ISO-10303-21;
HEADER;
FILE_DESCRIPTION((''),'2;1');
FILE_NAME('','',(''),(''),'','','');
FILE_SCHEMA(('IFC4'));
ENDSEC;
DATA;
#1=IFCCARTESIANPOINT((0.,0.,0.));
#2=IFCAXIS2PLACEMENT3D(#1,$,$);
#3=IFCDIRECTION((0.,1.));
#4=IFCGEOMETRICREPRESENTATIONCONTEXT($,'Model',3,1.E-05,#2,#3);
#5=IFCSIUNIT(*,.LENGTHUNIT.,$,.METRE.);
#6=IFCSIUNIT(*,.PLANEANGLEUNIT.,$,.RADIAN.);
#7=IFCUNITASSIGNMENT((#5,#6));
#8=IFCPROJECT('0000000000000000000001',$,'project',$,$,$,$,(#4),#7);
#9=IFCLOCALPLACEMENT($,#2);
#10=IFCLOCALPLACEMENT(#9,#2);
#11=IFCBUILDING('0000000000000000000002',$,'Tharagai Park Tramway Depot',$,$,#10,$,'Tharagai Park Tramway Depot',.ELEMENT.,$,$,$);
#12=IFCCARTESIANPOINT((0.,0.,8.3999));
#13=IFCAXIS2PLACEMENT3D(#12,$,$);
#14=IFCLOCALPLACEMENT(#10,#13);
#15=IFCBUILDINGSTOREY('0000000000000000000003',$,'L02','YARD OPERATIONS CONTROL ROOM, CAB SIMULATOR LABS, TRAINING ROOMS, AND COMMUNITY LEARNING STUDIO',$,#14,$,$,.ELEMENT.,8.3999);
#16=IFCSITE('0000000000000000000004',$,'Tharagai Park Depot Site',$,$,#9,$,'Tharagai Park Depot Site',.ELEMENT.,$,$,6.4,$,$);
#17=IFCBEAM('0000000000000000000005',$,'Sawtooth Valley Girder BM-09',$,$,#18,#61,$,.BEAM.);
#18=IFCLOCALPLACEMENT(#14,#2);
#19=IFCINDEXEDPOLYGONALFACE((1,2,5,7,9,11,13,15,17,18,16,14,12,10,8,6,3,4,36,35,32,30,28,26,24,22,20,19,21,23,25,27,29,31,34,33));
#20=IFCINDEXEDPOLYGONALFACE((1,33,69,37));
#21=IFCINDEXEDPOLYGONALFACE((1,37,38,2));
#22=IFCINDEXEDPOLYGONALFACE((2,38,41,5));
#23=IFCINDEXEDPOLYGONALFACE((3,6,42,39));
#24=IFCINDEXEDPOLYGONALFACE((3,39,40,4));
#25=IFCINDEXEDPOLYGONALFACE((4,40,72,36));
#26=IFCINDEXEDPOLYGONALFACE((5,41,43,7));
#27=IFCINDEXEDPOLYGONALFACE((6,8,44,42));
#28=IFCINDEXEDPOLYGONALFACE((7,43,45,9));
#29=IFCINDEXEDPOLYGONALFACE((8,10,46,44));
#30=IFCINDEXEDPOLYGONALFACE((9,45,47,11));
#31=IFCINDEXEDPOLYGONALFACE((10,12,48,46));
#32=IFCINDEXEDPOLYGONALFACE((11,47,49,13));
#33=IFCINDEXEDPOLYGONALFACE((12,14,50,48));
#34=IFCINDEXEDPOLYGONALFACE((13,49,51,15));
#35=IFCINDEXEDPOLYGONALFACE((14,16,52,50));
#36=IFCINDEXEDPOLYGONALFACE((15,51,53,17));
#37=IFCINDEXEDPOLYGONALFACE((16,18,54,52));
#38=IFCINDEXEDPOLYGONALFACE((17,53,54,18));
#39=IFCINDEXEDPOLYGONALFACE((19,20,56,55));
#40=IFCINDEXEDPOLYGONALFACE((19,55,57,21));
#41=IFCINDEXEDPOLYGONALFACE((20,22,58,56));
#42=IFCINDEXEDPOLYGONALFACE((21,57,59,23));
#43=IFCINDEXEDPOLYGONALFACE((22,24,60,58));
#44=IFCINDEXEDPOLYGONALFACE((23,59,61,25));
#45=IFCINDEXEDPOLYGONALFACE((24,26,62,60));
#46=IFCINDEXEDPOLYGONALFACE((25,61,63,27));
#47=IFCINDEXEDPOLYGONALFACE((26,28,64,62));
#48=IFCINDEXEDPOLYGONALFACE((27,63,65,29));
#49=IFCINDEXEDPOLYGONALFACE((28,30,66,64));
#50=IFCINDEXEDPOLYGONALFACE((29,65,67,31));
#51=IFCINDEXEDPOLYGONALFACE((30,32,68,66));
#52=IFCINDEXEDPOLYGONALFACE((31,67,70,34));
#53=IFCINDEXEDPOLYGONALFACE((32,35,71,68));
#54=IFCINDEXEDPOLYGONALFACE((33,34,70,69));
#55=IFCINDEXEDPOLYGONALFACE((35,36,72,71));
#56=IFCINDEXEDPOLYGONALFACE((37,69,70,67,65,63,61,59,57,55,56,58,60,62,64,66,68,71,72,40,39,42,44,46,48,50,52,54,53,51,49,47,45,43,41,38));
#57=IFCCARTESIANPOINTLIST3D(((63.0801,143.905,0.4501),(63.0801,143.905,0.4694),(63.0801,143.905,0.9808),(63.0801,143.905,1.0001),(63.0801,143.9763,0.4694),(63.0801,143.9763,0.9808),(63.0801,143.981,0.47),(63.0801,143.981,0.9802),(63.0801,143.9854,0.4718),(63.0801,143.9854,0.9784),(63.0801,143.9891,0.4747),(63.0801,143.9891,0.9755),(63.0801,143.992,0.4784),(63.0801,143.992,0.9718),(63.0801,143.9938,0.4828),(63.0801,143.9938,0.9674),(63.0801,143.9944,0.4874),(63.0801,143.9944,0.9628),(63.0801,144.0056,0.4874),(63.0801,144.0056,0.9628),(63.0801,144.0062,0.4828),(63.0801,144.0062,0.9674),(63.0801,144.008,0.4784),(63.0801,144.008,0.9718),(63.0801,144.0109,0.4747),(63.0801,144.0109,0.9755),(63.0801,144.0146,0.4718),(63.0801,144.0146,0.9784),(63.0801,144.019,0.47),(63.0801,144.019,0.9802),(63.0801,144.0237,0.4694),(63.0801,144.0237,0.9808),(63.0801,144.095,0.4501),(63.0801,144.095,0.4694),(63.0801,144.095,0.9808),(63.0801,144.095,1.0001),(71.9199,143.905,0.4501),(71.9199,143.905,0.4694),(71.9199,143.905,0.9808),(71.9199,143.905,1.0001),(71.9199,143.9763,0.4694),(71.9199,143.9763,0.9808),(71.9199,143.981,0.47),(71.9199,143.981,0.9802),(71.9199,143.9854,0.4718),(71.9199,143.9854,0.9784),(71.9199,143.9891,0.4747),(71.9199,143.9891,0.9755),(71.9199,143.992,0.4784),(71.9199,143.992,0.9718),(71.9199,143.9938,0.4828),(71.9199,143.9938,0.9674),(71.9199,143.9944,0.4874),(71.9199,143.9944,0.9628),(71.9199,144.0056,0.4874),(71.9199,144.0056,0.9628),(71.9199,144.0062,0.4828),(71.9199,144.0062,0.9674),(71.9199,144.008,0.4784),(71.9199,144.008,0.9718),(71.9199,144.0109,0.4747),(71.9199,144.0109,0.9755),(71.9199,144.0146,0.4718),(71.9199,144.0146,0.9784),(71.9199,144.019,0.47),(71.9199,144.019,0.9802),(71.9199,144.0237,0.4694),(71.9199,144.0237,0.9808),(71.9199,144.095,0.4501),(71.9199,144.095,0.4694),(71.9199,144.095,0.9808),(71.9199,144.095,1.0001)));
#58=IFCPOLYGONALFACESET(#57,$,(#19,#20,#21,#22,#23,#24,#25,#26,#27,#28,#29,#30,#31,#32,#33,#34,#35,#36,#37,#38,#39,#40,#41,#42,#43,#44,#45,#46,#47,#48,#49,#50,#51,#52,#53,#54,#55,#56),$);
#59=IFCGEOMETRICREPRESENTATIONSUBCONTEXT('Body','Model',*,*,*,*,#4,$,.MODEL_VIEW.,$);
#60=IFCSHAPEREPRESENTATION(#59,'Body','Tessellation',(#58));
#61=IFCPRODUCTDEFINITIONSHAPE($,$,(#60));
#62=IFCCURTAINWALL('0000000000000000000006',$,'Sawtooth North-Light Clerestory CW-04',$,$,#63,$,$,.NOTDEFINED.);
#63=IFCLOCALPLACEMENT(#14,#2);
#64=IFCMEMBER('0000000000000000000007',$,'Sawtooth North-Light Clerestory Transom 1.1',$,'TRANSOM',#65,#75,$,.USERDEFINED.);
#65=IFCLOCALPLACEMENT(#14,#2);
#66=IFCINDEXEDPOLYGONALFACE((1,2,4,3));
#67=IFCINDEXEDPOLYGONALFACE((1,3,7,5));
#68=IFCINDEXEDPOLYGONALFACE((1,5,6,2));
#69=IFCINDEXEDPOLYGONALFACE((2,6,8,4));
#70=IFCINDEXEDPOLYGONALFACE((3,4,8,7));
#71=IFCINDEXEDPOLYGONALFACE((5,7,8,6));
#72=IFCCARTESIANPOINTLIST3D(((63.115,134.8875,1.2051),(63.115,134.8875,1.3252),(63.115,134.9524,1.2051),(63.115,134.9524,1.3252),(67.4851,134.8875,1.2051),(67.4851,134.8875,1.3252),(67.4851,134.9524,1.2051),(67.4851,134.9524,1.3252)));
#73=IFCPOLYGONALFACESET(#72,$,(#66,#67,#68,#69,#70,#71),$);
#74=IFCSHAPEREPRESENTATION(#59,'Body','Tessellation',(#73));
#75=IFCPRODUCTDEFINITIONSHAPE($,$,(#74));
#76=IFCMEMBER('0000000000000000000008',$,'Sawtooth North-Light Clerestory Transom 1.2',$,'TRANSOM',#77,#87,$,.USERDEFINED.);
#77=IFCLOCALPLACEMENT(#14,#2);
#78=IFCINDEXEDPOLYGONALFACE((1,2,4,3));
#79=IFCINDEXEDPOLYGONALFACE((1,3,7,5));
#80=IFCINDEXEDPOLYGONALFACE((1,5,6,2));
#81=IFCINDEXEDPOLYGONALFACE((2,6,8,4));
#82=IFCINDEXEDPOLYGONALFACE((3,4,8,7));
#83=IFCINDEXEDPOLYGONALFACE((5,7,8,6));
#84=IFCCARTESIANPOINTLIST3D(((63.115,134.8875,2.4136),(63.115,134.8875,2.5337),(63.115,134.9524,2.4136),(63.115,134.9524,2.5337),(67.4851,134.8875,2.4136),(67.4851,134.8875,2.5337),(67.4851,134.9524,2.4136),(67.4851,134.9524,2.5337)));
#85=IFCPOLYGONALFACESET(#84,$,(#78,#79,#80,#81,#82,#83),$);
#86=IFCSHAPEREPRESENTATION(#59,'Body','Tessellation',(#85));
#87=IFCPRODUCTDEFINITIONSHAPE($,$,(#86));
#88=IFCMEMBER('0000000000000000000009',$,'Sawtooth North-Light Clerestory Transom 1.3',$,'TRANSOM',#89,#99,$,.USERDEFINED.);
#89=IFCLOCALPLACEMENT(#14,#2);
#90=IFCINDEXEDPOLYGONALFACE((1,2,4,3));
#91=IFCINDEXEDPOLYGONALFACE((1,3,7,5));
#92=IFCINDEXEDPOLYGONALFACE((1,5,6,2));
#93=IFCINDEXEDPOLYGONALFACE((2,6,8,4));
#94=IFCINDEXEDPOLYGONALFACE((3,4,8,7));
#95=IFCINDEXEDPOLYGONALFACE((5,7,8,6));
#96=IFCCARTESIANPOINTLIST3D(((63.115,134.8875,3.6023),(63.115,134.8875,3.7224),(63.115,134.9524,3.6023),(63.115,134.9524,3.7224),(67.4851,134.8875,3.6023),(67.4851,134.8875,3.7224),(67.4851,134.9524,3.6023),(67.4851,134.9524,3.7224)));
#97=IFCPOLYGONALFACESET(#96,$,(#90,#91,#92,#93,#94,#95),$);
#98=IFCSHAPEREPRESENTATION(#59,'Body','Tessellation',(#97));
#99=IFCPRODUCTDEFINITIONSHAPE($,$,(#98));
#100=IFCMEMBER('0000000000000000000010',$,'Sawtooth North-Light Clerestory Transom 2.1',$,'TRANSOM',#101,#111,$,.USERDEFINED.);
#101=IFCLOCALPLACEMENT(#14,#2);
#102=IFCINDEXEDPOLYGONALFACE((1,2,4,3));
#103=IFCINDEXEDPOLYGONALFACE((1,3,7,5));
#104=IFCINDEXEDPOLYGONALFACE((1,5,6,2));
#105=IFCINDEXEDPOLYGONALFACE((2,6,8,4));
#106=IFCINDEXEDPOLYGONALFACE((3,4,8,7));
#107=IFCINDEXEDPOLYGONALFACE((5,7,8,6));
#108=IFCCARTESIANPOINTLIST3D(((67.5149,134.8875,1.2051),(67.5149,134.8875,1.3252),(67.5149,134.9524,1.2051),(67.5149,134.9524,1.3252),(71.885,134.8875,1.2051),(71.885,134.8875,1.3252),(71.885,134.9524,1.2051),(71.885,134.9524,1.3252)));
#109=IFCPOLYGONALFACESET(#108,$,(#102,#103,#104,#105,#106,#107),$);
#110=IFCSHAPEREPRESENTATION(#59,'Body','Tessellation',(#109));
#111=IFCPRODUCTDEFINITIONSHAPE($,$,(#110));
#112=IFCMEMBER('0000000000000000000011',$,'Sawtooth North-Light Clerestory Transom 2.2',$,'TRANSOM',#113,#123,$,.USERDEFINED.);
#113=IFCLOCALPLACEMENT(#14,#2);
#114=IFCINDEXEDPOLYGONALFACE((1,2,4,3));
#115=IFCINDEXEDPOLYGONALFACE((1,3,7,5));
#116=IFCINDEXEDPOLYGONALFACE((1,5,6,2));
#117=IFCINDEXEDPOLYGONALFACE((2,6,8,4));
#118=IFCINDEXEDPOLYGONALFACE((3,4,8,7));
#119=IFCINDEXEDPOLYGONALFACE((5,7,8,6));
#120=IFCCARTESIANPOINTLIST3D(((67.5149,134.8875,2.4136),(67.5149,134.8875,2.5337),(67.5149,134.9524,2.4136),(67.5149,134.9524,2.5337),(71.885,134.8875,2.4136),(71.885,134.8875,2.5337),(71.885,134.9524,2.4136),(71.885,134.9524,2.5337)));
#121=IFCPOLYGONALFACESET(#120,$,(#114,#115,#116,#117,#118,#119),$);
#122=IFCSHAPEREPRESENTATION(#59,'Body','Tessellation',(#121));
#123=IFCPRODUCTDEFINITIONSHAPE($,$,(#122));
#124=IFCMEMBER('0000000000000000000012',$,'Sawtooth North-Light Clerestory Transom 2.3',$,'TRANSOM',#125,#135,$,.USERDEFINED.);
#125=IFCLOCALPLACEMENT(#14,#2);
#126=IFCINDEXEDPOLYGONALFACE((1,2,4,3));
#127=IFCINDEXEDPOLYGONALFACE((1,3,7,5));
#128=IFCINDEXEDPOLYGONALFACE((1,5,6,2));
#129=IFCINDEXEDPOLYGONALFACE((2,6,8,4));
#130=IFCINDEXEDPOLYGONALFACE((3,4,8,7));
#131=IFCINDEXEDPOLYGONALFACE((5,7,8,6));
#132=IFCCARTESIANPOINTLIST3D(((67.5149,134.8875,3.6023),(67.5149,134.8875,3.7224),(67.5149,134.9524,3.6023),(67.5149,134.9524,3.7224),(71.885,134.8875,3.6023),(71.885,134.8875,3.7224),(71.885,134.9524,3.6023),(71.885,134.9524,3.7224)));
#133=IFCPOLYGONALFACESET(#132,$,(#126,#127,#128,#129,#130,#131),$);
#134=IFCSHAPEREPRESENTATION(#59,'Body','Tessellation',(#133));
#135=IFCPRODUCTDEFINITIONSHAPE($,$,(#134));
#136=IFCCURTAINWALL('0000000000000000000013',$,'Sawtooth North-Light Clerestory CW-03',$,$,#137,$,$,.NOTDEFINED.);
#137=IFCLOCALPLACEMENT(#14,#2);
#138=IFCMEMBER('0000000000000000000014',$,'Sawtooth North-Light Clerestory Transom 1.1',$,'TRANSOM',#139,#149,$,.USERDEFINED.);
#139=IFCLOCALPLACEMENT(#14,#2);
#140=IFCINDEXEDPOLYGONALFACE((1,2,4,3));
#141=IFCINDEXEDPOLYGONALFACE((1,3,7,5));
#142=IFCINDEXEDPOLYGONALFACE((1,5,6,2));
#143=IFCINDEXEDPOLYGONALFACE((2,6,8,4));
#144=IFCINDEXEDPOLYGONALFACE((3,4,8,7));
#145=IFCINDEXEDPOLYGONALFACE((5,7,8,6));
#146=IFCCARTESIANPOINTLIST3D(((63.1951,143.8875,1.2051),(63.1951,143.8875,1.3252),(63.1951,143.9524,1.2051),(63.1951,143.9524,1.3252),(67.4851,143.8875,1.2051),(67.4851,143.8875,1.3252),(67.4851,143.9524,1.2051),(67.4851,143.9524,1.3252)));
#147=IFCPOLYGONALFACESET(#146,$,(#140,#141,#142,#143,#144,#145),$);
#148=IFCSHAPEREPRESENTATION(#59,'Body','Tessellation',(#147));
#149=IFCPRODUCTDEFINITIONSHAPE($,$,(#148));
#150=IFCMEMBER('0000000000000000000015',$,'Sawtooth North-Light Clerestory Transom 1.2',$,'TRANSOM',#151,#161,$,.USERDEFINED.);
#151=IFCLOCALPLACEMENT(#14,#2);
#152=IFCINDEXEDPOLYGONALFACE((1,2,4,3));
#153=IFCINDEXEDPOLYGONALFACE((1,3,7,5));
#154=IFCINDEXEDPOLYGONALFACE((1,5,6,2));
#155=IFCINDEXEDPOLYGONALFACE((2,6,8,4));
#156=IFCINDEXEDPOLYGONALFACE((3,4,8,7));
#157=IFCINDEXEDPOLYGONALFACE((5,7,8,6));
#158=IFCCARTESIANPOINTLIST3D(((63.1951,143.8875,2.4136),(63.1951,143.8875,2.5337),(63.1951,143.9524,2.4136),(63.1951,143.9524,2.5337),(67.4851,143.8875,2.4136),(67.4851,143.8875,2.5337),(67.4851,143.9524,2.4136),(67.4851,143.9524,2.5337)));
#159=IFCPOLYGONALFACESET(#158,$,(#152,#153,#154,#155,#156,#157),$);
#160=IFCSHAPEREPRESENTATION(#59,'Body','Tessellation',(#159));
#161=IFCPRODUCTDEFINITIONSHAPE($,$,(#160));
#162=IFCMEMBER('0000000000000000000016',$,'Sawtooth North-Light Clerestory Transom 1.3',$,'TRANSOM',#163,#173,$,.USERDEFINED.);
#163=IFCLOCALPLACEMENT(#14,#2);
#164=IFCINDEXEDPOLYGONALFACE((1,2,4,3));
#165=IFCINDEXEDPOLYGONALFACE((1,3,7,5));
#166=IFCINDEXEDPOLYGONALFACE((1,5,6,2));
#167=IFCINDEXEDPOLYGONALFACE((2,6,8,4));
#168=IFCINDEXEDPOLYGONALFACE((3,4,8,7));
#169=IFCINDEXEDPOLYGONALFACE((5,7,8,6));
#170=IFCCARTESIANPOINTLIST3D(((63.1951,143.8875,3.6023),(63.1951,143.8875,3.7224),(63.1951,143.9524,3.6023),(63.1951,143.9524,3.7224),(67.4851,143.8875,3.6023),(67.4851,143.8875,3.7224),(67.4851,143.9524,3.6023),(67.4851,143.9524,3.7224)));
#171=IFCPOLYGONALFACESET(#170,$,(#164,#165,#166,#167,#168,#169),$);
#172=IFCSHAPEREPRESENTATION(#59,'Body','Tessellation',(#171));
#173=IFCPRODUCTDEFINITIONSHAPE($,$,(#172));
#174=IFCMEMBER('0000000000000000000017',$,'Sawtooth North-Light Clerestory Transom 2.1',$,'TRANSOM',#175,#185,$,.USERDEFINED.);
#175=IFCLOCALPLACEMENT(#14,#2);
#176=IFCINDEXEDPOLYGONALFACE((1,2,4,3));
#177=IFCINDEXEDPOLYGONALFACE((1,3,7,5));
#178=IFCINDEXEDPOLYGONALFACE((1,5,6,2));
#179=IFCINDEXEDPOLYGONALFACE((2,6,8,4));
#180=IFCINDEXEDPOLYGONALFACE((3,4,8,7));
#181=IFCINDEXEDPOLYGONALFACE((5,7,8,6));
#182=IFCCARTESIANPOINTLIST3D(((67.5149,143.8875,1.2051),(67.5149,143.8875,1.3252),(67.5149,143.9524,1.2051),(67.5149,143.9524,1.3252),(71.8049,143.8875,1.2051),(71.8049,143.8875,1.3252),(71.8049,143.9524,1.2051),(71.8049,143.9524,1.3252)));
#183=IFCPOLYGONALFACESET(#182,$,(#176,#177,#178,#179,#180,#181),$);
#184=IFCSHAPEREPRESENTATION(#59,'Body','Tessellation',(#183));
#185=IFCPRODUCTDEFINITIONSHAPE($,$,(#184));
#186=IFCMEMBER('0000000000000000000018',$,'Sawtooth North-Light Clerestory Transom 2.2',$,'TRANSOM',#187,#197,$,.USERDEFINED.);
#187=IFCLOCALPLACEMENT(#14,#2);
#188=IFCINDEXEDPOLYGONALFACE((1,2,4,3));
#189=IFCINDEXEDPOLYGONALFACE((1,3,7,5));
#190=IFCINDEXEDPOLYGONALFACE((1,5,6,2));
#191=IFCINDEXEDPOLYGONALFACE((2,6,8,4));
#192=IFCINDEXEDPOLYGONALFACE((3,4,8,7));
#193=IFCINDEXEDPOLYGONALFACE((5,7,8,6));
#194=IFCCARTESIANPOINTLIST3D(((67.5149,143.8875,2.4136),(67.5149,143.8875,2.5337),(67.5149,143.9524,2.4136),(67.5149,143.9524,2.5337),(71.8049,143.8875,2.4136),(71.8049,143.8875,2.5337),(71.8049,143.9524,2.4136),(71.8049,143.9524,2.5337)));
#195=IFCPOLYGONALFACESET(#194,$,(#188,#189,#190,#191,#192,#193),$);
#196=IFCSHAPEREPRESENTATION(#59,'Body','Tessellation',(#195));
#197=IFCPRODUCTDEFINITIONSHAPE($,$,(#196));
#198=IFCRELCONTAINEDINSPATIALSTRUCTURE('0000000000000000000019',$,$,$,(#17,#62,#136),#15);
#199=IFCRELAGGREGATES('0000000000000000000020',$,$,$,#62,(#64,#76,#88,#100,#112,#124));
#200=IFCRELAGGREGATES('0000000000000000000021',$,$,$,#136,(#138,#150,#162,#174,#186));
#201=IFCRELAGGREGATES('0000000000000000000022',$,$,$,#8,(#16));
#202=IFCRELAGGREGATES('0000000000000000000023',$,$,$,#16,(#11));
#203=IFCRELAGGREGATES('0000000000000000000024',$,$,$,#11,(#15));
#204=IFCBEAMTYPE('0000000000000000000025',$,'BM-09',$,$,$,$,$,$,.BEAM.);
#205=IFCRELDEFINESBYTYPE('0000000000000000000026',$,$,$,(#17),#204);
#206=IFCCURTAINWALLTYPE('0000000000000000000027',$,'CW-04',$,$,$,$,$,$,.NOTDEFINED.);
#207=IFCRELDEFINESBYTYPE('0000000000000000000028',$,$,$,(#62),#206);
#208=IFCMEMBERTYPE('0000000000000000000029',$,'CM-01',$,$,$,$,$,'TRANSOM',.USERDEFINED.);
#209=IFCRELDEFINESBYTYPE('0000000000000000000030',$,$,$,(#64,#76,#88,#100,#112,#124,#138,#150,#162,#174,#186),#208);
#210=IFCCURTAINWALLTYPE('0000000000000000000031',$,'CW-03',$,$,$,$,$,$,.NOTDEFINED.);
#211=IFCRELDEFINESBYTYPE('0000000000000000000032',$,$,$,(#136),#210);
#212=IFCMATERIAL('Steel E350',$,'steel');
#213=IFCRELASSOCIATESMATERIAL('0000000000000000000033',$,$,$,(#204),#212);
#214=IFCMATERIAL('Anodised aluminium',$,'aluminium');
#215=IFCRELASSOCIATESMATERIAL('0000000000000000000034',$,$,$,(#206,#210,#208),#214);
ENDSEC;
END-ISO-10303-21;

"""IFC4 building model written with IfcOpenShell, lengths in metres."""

from ifc_helpers import new_model, si_unit, direction, frame, origin, origin_2d, place, context, subcontext, project, spatial, rectangle, i_section, extrude, material, material_profile, profile_set, type_object, element, aggregate, save


model = new_model("IFC4")

# Units and contexts
model_context = context("Model", 3, precision=1e-05, world=origin(), true_north=direction((0.0, 1.0)))
body_context = subcontext(model_context, "Body", "Model", "MODEL_VIEW")
ifc_project = project(units=[si_unit("LENGTHUNIT", "METRE"), si_unit("PLANEANGLEUNIT", "RADIAN")], contexts=[model_context])

# Site, building, storey
site_placement = place(None, origin())
site = spatial("IfcSite", under=ifc_project, at=site_placement, Name="Tharagai Park Depot Site", LongName="Tharagai Park Depot Site", CompositionType="ELEMENT", RefElevation=6.4)
building_placement = place(site_placement, origin())
building = spatial("IfcBuilding", under=site, at=building_placement, Name="Tharagai Park Tramway Depot", LongName="Tharagai Park Tramway Depot", CompositionType="ELEMENT")
storey_placement = place(building_placement, frame((0.0, 0.0, 8.3999)))
storey = spatial("IfcBuildingStorey", under=building, at=storey_placement, Name="L02", Description="YARD OPERATIONS CONTROL ROOM, CAB SIMULATOR LABS, TRAINING ROOMS, AND COMMUNITY LEARNING STUDIO", CompositionType="ELEMENT", Elevation=8.3999)

# Beam
ifc_material_1 = material(Name="Steel E350", Category="steel")
ifc_material_profile_1 = material_profile(ifc_material_1, i_section(OverallWidth=0.1899, OverallDepth=0.55, WebThickness=0.0112, FlangeThickness=0.0193, FilletRadius=0.0181, at=origin_2d()), Name="ISMB 550")
ifc_profile_set_1 = profile_set([ifc_material_profile_1], Name="Steel E350")
beam_type = type_object("IfcBeamType", Name="BM-09", PredefinedType="BEAM", material=ifc_profile_set_1)
beam_placement = place(storey_placement, frame((63.0801, 144.0, 0.7251), z_axis=(1.0, 0.0, 0.0), x_axis=(0.0, 1.0, 0.0)))
element("IfcBeam", 1, at=beam_placement, inside=storey, type_object=beam_type, Name="Sawtooth Valley Girder BM-09", PredefinedType="BEAM", context=body_context, shape_type="SweptSolid", body=[
    extrude(i_section(OverallWidth=0.1899, OverallDepth=0.55, WebThickness=0.0112, FlangeThickness=0.0193, FilletRadius=0.0181, at=origin_2d()), origin(), (0.0, 0.0, 1.0), 8.8398),
])

# Curtain walls, members
ifc_material_2 = material(Name="Anodised aluminium", Category="aluminium")
curtain_wall_type_1 = type_object("IfcCurtainWallType", Name="CW-04", PredefinedType="NOTDEFINED", material=ifc_material_2)
curtain_wall_1_placement = place(storey_placement, origin())
curtain_wall_1 = element("IfcCurtainWall", 2, at=curtain_wall_1_placement, inside=storey, type_object=curtain_wall_type_1, Name="Sawtooth North-Light Clerestory CW-04", PredefinedType="NOTDEFINED")
ifc_material_profile_2 = material_profile(ifc_material_2, rectangle(XDim=0.0649, YDim=0.1201, at=origin_2d()), Name="ALU 65x120")
ifc_profile_set_2 = profile_set([ifc_material_profile_2], Name="Anodised aluminium")
member_type_1 = type_object("IfcMemberType", Name="CM-01", ElementType="TRANSOM", PredefinedType="USERDEFINED", material=ifc_profile_set_2)
member_1_placement = place(storey_placement, frame((63.115, 134.9199, 1.2651), z_axis=(1.0, 0.0, 0.0), x_axis=(0.0, 1.0, 0.0)))
member_1 = element("IfcMember", 3, at=member_1_placement, type_object=member_type_1, Name="Sawtooth North-Light Clerestory Transom 1.1", ObjectType="TRANSOM", PredefinedType="USERDEFINED", context=body_context, shape_type="SweptSolid", body=[
    extrude(rectangle(XDim=0.0649, YDim=0.1201, at=origin_2d()), origin(), (0.0, 0.0, 1.0), 4.3701),
])
member_2_placement = place(storey_placement, frame((63.115, 134.9199, 2.4736), z_axis=(1.0, 0.0, 0.0), x_axis=(0.0, 1.0, 0.0)))
member_2 = element("IfcMember", 4, at=member_2_placement, type_object=member_type_1, Name="Sawtooth North-Light Clerestory Transom 1.2", ObjectType="TRANSOM", PredefinedType="USERDEFINED", context=body_context, shape_type="SweptSolid", body=[
    extrude(rectangle(XDim=0.0649, YDim=0.1201, at=origin_2d()), origin(), (0.0, 0.0, 1.0), 4.3701),
])
member_3_placement = place(storey_placement, frame((63.115, 134.9199, 3.6624), z_axis=(1.0, 0.0, 0.0), x_axis=(0.0, 1.0, 0.0)))
member_3 = element("IfcMember", 5, at=member_3_placement, type_object=member_type_1, Name="Sawtooth North-Light Clerestory Transom 1.3", ObjectType="TRANSOM", PredefinedType="USERDEFINED", context=body_context, shape_type="SweptSolid", body=[
    extrude(rectangle(XDim=0.0649, YDim=0.1201, at=origin_2d()), origin(), (0.0, 0.0, 1.0), 4.3701),
])
member_4_placement = place(storey_placement, frame((67.5149, 134.9199, 1.2651), z_axis=(1.0, 0.0, 0.0), x_axis=(0.0, 1.0, 0.0)))
member_4 = element("IfcMember", 6, at=member_4_placement, type_object=member_type_1, Name="Sawtooth North-Light Clerestory Transom 2.1", ObjectType="TRANSOM", PredefinedType="USERDEFINED", context=body_context, shape_type="SweptSolid", body=[
    extrude(rectangle(XDim=0.0649, YDim=0.1201, at=origin_2d()), origin(), (0.0, 0.0, 1.0), 4.3701),
])
member_5_placement = place(storey_placement, frame((67.5149, 134.9199, 2.4736), z_axis=(1.0, 0.0, 0.0), x_axis=(0.0, 1.0, 0.0)))
member_5 = element("IfcMember", 7, at=member_5_placement, type_object=member_type_1, Name="Sawtooth North-Light Clerestory Transom 2.2", ObjectType="TRANSOM", PredefinedType="USERDEFINED", context=body_context, shape_type="SweptSolid", body=[
    extrude(rectangle(XDim=0.0649, YDim=0.1201, at=origin_2d()), origin(), (0.0, 0.0, 1.0), 4.3701),
])
member_6_placement = place(storey_placement, frame((67.5149, 134.9199, 3.6624), z_axis=(1.0, 0.0, 0.0), x_axis=(0.0, 1.0, 0.0)))
member_6 = element("IfcMember", 8, at=member_6_placement, type_object=member_type_1, Name="Sawtooth North-Light Clerestory Transom 2.3", ObjectType="TRANSOM", PredefinedType="USERDEFINED", context=body_context, shape_type="SweptSolid", body=[
    extrude(rectangle(XDim=0.0649, YDim=0.1201, at=origin_2d()), origin(), (0.0, 0.0, 1.0), 4.3701),
])
curtain_wall_type_2 = type_object("IfcCurtainWallType", Name="CW-03", PredefinedType="NOTDEFINED", material=ifc_material_2)
curtain_wall_2_placement = place(storey_placement, origin())
curtain_wall_2 = element("IfcCurtainWall", 9, at=curtain_wall_2_placement, inside=storey, type_object=curtain_wall_type_2, Name="Sawtooth North-Light Clerestory CW-03", PredefinedType="NOTDEFINED")
member_7_placement = place(storey_placement, frame((63.1951, 143.9199, 1.2651), z_axis=(1.0, 0.0, 0.0), x_axis=(0.0, 1.0, 0.0)))
member_7 = element("IfcMember", 10, at=member_7_placement, type_object=member_type_1, Name="Sawtooth North-Light Clerestory Transom 1.1", ObjectType="TRANSOM", PredefinedType="USERDEFINED", context=body_context, shape_type="SweptSolid", body=[
    extrude(rectangle(XDim=0.0649, YDim=0.1201, at=origin_2d()), origin(), (0.0, 0.0, 1.0), 4.29),
])
member_8_placement = place(storey_placement, frame((63.1951, 143.9199, 2.4736), z_axis=(1.0, 0.0, 0.0), x_axis=(0.0, 1.0, 0.0)))
member_8 = element("IfcMember", 11, at=member_8_placement, type_object=member_type_1, Name="Sawtooth North-Light Clerestory Transom 1.2", ObjectType="TRANSOM", PredefinedType="USERDEFINED", context=body_context, shape_type="SweptSolid", body=[
    extrude(rectangle(XDim=0.0649, YDim=0.1201, at=origin_2d()), origin(), (0.0, 0.0, 1.0), 4.29),
])
member_9_placement = place(storey_placement, frame((63.1951, 143.9199, 3.6624), z_axis=(1.0, 0.0, 0.0), x_axis=(0.0, 1.0, 0.0)))
member_9 = element("IfcMember", 12, at=member_9_placement, type_object=member_type_1, Name="Sawtooth North-Light Clerestory Transom 1.3", ObjectType="TRANSOM", PredefinedType="USERDEFINED", context=body_context, shape_type="SweptSolid", body=[
    extrude(rectangle(XDim=0.0649, YDim=0.1201, at=origin_2d()), origin(), (0.0, 0.0, 1.0), 4.29),
])
member_10_placement = place(storey_placement, frame((67.5149, 143.9199, 1.2651), z_axis=(1.0, 0.0, 0.0), x_axis=(0.0, 1.0, 0.0)))
member_10 = element("IfcMember", 13, at=member_10_placement, type_object=member_type_1, Name="Sawtooth North-Light Clerestory Transom 2.1", ObjectType="TRANSOM", PredefinedType="USERDEFINED", context=body_context, shape_type="SweptSolid", body=[
    extrude(rectangle(XDim=0.0649, YDim=0.1201, at=origin_2d()), origin(), (0.0, 0.0, 1.0), 4.29),
])
member_11_placement = place(storey_placement, frame((67.5149, 143.9199, 2.4736), z_axis=(1.0, 0.0, 0.0), x_axis=(0.0, 1.0, 0.0)))
member_11 = element("IfcMember", 14, at=member_11_placement, type_object=member_type_1, Name="Sawtooth North-Light Clerestory Transom 2.2", ObjectType="TRANSOM", PredefinedType="USERDEFINED", context=body_context, shape_type="SweptSolid", body=[
    extrude(rectangle(XDim=0.0649, YDim=0.1201, at=origin_2d()), origin(), (0.0, 0.0, 1.0), 4.29),
])

aggregate(curtain_wall_1, [member_1, member_2, member_3, member_4, member_5, member_6])
aggregate(curtain_wall_2, [member_7, member_8, member_9, member_10, member_11])

save(model, "model.ifc")
